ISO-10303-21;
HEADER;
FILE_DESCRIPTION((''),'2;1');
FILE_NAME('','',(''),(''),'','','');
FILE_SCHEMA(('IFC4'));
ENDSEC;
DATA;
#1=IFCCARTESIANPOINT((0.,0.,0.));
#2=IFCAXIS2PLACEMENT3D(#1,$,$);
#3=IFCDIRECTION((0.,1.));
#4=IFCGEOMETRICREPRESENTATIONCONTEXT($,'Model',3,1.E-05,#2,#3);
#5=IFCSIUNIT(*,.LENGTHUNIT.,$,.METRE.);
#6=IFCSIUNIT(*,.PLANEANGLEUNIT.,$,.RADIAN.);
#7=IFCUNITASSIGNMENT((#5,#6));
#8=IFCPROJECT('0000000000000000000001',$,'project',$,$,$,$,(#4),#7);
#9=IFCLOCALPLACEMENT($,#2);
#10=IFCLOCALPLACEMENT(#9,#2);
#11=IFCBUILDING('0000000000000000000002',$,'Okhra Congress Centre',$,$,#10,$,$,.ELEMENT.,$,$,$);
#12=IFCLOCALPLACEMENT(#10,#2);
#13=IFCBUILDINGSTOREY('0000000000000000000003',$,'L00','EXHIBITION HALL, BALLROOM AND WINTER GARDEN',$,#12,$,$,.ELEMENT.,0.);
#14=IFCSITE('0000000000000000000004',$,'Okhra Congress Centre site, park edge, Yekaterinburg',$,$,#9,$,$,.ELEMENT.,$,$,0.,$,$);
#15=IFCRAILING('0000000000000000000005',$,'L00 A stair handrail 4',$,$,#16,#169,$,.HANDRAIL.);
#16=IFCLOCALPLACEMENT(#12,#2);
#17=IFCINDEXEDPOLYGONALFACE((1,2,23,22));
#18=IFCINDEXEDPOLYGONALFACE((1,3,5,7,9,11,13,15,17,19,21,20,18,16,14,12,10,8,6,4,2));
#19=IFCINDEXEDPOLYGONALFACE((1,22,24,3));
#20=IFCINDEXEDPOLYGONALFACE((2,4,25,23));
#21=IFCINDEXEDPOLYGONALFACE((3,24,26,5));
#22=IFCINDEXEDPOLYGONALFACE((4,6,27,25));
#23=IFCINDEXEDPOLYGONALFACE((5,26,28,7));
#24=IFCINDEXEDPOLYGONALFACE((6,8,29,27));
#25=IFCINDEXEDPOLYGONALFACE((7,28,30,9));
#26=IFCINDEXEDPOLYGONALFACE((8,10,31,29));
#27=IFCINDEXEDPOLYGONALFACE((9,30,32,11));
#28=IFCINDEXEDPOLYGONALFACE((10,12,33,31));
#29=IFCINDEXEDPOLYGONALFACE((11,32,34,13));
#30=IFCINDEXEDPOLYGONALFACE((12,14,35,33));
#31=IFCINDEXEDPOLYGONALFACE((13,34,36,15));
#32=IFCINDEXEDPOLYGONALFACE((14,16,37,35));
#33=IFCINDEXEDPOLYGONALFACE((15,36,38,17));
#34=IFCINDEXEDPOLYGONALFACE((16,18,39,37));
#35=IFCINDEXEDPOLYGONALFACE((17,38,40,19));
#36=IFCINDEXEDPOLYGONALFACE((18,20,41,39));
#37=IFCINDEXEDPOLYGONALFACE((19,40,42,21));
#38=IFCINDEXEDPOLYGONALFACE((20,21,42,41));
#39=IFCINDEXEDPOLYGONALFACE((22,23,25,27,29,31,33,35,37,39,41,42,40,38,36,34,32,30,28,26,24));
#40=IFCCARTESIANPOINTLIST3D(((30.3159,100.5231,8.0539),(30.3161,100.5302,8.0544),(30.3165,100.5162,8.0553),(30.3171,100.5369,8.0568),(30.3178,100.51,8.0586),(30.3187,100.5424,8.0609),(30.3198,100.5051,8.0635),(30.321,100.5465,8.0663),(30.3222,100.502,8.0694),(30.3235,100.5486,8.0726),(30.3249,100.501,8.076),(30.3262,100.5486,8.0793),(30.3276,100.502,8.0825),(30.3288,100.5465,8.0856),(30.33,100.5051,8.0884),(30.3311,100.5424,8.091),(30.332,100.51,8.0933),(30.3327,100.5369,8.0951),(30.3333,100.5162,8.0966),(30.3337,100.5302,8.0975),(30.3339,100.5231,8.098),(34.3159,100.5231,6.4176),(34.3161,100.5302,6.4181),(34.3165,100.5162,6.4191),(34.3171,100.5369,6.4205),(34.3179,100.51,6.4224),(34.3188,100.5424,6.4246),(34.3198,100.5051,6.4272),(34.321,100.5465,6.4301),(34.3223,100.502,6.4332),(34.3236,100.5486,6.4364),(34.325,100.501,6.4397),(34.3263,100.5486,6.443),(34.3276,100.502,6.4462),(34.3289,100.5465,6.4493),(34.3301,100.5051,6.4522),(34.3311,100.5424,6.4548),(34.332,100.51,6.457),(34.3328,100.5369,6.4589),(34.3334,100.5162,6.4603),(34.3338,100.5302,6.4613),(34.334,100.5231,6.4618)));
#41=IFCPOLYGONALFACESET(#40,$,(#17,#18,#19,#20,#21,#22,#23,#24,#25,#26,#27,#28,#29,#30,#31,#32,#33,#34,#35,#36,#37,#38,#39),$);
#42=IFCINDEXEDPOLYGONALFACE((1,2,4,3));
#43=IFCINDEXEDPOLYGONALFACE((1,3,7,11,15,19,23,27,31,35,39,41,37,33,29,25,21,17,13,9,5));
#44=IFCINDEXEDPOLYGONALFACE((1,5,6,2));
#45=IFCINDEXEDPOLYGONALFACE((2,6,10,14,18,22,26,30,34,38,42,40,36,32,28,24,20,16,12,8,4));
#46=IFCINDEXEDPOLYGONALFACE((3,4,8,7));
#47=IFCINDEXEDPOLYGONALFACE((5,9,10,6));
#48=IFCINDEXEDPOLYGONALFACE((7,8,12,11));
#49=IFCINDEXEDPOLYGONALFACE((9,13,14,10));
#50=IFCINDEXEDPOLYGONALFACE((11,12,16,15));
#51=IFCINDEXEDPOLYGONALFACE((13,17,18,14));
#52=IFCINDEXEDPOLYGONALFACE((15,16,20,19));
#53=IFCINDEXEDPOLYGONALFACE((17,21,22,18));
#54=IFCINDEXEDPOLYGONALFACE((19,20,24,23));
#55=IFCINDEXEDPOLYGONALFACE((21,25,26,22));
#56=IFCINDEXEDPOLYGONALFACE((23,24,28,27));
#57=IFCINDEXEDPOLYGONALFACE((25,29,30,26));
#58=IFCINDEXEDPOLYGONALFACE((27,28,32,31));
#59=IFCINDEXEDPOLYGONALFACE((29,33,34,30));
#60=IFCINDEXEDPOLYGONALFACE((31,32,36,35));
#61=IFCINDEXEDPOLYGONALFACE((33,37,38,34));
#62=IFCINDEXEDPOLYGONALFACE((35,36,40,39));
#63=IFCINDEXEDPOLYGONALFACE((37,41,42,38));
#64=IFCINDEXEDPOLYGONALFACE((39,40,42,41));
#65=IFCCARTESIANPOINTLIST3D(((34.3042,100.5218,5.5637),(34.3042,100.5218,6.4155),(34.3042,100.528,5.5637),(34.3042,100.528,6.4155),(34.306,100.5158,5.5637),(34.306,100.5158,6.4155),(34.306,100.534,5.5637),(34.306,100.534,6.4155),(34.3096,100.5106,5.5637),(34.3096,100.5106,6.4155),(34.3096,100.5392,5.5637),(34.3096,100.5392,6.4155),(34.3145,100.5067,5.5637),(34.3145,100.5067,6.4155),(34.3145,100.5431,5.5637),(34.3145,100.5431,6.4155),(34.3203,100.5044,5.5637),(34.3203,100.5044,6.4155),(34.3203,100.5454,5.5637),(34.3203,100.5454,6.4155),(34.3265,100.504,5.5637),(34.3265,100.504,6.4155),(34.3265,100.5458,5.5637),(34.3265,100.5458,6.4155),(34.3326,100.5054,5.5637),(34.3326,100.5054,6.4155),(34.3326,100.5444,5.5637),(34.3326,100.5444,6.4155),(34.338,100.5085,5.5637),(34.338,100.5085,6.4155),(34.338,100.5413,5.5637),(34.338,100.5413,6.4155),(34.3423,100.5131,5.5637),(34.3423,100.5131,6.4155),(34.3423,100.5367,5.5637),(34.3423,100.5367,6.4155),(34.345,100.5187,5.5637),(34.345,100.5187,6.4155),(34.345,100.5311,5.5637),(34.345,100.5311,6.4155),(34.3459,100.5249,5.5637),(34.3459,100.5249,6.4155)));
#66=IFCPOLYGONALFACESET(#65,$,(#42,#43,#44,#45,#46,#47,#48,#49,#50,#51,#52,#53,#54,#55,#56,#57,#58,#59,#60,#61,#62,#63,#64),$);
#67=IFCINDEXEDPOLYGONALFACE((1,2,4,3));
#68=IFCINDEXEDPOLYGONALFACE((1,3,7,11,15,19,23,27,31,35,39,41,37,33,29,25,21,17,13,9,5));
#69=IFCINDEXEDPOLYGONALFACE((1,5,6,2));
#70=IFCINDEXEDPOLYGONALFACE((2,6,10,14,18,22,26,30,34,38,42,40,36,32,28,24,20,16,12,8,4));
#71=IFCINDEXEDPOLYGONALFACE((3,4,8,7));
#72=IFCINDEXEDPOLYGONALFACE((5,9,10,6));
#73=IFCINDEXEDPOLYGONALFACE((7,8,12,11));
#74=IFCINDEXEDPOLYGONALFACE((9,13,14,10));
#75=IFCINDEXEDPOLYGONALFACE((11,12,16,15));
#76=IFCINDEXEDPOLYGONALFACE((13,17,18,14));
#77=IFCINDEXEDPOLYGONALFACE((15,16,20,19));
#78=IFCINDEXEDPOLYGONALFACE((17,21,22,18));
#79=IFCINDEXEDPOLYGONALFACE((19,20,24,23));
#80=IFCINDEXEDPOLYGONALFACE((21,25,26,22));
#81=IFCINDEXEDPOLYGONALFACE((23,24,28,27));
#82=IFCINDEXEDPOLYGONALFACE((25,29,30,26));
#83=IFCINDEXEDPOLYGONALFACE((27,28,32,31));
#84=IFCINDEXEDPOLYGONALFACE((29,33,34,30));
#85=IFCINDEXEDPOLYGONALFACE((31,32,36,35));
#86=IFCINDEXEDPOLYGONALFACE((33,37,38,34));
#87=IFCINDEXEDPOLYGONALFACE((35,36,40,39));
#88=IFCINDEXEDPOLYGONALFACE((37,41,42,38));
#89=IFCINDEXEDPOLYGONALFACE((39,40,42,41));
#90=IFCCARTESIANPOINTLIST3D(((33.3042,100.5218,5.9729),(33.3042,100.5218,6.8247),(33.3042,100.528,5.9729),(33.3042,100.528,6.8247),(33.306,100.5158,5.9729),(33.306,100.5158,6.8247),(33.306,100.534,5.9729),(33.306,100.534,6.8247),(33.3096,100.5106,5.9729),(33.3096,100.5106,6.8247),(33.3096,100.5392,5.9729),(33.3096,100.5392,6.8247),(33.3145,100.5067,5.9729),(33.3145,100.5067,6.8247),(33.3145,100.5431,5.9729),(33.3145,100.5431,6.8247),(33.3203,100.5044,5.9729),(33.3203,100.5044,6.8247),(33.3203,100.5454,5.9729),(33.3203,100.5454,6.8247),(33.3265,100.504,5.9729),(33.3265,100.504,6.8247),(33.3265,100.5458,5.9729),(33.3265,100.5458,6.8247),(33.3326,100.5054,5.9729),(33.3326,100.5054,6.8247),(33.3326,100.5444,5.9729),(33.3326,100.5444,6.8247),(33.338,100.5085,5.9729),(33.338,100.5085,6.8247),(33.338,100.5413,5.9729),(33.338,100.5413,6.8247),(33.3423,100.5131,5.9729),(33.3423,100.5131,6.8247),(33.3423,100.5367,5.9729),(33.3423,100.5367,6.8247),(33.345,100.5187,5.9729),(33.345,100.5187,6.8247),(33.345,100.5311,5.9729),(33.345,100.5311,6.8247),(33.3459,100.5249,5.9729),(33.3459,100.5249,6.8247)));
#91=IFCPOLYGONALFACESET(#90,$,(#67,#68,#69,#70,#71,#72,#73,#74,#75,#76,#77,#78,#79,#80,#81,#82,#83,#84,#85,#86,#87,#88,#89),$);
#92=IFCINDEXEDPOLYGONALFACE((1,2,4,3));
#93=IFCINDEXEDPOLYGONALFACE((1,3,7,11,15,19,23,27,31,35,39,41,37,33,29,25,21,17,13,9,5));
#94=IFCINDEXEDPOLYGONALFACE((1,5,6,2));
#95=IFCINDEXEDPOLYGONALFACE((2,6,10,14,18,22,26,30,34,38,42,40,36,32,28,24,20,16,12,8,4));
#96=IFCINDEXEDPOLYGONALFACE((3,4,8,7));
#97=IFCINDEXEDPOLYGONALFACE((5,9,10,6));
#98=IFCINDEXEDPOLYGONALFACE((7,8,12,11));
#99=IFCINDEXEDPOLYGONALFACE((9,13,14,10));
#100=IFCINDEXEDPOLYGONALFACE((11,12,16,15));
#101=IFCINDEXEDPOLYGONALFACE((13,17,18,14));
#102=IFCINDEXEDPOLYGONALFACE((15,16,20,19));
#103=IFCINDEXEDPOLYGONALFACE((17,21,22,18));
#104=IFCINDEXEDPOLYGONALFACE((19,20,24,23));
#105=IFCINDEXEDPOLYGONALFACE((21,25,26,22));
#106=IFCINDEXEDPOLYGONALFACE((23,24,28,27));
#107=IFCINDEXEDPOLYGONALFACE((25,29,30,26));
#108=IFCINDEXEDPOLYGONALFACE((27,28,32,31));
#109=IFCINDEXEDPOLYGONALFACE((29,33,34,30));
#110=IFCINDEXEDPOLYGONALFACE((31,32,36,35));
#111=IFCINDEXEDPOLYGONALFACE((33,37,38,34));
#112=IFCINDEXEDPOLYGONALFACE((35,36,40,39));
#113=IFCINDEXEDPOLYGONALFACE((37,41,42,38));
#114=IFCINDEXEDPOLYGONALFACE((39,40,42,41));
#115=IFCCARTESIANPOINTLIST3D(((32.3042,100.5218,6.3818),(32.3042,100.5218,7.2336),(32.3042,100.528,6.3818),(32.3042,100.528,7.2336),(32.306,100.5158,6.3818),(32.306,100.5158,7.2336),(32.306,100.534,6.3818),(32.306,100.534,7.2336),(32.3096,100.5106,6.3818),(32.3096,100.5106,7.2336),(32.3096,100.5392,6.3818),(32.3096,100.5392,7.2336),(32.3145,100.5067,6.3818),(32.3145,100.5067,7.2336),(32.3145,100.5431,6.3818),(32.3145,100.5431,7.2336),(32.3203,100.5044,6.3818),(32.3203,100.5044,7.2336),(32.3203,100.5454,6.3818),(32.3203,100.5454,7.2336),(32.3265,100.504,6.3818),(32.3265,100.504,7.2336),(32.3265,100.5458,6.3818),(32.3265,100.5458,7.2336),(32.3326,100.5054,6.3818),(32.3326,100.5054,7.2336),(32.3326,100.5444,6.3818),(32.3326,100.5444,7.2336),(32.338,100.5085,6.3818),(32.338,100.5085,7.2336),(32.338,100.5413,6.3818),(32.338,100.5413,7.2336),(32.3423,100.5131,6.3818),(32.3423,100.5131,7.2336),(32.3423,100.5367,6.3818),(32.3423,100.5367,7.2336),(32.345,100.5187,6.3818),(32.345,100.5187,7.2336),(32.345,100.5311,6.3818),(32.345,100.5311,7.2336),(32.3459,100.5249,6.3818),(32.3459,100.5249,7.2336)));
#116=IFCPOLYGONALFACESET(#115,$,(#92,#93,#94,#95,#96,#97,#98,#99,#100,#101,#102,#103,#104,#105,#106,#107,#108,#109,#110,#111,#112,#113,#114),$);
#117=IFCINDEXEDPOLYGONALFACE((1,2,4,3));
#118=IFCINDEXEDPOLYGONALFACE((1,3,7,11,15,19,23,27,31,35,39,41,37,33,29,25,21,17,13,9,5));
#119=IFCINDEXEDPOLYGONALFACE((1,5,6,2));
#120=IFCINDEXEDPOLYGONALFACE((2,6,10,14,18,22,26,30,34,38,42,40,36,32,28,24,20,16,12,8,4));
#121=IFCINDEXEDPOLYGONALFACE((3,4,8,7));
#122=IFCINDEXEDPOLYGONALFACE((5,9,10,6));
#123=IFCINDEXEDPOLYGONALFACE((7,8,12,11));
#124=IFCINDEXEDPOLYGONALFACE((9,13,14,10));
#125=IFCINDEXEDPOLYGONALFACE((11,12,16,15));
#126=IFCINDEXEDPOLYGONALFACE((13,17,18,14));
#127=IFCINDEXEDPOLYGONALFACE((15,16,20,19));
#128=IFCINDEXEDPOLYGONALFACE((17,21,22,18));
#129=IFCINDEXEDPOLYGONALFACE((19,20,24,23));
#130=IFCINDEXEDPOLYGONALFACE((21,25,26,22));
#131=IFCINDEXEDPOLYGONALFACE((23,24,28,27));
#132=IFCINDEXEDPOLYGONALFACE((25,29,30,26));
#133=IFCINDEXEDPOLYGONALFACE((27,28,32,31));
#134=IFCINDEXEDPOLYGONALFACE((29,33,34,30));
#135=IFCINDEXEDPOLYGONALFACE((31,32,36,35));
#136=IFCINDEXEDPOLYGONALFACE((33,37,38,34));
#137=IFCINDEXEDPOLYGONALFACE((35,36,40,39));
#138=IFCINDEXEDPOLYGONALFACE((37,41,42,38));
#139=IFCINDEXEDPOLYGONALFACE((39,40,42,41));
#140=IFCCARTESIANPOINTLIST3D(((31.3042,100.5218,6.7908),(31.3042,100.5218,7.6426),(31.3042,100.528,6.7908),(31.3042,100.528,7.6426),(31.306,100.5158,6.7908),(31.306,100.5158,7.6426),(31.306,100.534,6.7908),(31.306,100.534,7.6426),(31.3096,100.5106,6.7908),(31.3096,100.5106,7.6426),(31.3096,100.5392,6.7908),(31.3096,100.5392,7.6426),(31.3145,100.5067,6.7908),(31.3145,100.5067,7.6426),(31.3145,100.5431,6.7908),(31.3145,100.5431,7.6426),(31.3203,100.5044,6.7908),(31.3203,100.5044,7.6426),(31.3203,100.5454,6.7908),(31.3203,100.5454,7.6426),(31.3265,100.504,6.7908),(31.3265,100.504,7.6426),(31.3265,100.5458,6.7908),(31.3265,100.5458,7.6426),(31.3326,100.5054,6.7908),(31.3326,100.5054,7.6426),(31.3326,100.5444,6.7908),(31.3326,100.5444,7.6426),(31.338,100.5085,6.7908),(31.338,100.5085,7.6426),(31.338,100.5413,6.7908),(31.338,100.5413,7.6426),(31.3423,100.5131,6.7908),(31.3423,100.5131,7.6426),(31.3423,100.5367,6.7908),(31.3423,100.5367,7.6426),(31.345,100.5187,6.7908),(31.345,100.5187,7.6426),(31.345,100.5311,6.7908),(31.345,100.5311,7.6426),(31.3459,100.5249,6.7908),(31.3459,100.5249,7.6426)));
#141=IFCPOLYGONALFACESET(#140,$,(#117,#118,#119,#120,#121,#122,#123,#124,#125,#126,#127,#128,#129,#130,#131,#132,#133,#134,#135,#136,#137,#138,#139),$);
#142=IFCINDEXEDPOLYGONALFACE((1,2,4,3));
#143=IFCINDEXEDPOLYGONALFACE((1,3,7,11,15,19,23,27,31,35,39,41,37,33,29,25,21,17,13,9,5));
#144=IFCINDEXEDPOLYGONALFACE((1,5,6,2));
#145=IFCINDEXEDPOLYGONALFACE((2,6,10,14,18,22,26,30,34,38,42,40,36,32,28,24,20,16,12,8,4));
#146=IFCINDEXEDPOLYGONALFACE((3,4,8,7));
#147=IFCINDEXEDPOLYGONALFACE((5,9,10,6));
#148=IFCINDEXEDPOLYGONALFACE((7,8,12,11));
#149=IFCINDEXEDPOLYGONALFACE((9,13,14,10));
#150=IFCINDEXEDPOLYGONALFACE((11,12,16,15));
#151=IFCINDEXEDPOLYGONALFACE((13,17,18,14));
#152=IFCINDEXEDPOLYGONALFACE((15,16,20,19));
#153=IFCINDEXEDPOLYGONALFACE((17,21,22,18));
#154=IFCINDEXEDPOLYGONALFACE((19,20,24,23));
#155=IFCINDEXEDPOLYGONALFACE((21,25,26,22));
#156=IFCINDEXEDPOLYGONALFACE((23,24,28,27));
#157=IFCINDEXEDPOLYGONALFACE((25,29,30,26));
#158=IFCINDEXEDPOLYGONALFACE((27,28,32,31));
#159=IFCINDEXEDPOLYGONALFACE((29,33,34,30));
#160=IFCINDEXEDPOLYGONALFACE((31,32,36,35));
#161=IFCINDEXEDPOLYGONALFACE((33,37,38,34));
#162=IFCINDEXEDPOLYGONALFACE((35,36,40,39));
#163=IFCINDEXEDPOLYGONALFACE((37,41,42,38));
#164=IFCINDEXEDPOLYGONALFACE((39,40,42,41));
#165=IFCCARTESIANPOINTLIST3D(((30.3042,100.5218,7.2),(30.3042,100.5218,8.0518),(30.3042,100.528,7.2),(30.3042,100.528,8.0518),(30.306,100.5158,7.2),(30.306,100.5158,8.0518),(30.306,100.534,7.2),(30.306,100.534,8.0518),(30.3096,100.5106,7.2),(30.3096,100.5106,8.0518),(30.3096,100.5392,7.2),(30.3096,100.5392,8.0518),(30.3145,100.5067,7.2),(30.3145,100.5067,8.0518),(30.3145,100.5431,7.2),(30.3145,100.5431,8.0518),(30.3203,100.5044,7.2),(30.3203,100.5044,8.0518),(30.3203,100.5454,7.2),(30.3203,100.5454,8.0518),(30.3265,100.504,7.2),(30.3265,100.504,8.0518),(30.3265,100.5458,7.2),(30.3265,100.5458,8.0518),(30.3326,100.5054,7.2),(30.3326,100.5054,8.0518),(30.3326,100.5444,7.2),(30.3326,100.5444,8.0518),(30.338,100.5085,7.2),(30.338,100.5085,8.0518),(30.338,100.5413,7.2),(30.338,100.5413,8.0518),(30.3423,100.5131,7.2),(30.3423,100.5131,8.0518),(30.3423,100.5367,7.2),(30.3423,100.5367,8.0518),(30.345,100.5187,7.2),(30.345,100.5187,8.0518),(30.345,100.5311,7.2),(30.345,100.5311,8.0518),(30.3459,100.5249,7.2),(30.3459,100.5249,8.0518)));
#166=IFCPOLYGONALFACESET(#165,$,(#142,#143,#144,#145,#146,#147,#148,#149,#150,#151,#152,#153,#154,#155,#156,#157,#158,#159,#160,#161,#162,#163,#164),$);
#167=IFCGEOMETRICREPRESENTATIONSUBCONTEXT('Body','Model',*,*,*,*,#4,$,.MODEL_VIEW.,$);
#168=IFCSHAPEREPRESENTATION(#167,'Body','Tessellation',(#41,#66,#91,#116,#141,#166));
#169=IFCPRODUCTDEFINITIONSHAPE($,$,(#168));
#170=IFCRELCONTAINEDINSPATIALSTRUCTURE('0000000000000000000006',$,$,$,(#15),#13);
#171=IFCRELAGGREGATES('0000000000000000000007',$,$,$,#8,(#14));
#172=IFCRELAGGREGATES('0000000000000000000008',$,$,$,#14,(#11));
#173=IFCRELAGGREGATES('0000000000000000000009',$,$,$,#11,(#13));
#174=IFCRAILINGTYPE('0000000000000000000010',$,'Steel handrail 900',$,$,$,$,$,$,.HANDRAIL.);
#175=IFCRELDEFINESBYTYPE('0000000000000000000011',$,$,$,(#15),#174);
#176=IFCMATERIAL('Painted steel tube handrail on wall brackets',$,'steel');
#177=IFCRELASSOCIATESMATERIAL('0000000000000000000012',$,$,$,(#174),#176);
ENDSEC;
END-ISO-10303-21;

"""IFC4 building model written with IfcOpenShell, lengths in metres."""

from ifc_helpers import new_model, si_unit, direction, frame, origin, origin_2d, place, context, subcontext, project, spatial, circle, extrude, material, type_object, element, save


model = new_model("IFC4")

# Units and contexts
model_context = context("Model", 3, precision=1e-05, world=origin(), true_north=direction((0.0, 1.0)))
body_context = subcontext(model_context, "Body", "Model", "MODEL_VIEW")
ifc_project = project(units=[si_unit("LENGTHUNIT", "METRE"), si_unit("PLANEANGLEUNIT", "RADIAN")], contexts=[model_context])

# Site, building, storey
site_placement = place(None, origin())
site = spatial("IfcSite", under=ifc_project, at=site_placement, Name="Okhra Congress Centre site, park edge, Yekaterinburg", CompositionType="ELEMENT", RefElevation=0.0)
building_placement = place(site_placement, origin())
building = spatial("IfcBuilding", under=site, at=building_placement, Name="Okhra Congress Centre", CompositionType="ELEMENT")
storey_placement = place(building_placement, origin())
storey = spatial("IfcBuildingStorey", under=building, at=storey_placement, Name="L00", Description="EXHIBITION HALL, BALLROOM AND WINTER GARDEN", CompositionType="ELEMENT", Elevation=0.0)

# Railing
ifc_material_1 = material(Name="Painted steel tube handrail on wall brackets", Category="steel")
railing_type_1 = type_object("IfcRailingType", Name="Steel handrail 900", PredefinedType="HANDRAIL", material=ifc_material_1)
railing_1_placement = place(storey_placement, frame((34.325, 100.5249, 5.5637)))
element("IfcRailing", 1, at=railing_1_placement, inside=storey, type_object=railing_type_1, Name="L00 A stair handrail 4", PredefinedType="HANDRAIL", context=body_context, shape_type="SweptSolid", body=[
    extrude(circle(Radius=0.0239, at=origin_2d()), frame((0.0, 0.0, 0.876), z_axis=(-0.925558, 0.0, 0.378606), x_axis=(0.0, -1.0, 0.0)), (0.0, 0.0, 1.0), 4.3218),
    extrude(circle(Radius=0.021, at=origin_2d()), origin(), (0.0, 0.0, 1.0), 0.8518),
    extrude(circle(Radius=0.021, at=origin_2d()), frame((-1.0, 0.0, 0.4092)), (0.0, 0.0, 1.0), 0.8518),
    extrude(circle(Radius=0.021, at=origin_2d()), frame((-2.0, 0.0, 0.8181)), (0.0, 0.0, 1.0), 0.8518),
    extrude(circle(Radius=0.021, at=origin_2d()), frame((-3.0, 0.0, 1.2271)), (0.0, 0.0, 1.0), 0.8518),
    extrude(circle(Radius=0.021, at=origin_2d()), frame((-4.0, 0.0, 1.6362)), (0.0, 0.0, 1.0), 0.8518),
])

save(model, "model.ifc")
